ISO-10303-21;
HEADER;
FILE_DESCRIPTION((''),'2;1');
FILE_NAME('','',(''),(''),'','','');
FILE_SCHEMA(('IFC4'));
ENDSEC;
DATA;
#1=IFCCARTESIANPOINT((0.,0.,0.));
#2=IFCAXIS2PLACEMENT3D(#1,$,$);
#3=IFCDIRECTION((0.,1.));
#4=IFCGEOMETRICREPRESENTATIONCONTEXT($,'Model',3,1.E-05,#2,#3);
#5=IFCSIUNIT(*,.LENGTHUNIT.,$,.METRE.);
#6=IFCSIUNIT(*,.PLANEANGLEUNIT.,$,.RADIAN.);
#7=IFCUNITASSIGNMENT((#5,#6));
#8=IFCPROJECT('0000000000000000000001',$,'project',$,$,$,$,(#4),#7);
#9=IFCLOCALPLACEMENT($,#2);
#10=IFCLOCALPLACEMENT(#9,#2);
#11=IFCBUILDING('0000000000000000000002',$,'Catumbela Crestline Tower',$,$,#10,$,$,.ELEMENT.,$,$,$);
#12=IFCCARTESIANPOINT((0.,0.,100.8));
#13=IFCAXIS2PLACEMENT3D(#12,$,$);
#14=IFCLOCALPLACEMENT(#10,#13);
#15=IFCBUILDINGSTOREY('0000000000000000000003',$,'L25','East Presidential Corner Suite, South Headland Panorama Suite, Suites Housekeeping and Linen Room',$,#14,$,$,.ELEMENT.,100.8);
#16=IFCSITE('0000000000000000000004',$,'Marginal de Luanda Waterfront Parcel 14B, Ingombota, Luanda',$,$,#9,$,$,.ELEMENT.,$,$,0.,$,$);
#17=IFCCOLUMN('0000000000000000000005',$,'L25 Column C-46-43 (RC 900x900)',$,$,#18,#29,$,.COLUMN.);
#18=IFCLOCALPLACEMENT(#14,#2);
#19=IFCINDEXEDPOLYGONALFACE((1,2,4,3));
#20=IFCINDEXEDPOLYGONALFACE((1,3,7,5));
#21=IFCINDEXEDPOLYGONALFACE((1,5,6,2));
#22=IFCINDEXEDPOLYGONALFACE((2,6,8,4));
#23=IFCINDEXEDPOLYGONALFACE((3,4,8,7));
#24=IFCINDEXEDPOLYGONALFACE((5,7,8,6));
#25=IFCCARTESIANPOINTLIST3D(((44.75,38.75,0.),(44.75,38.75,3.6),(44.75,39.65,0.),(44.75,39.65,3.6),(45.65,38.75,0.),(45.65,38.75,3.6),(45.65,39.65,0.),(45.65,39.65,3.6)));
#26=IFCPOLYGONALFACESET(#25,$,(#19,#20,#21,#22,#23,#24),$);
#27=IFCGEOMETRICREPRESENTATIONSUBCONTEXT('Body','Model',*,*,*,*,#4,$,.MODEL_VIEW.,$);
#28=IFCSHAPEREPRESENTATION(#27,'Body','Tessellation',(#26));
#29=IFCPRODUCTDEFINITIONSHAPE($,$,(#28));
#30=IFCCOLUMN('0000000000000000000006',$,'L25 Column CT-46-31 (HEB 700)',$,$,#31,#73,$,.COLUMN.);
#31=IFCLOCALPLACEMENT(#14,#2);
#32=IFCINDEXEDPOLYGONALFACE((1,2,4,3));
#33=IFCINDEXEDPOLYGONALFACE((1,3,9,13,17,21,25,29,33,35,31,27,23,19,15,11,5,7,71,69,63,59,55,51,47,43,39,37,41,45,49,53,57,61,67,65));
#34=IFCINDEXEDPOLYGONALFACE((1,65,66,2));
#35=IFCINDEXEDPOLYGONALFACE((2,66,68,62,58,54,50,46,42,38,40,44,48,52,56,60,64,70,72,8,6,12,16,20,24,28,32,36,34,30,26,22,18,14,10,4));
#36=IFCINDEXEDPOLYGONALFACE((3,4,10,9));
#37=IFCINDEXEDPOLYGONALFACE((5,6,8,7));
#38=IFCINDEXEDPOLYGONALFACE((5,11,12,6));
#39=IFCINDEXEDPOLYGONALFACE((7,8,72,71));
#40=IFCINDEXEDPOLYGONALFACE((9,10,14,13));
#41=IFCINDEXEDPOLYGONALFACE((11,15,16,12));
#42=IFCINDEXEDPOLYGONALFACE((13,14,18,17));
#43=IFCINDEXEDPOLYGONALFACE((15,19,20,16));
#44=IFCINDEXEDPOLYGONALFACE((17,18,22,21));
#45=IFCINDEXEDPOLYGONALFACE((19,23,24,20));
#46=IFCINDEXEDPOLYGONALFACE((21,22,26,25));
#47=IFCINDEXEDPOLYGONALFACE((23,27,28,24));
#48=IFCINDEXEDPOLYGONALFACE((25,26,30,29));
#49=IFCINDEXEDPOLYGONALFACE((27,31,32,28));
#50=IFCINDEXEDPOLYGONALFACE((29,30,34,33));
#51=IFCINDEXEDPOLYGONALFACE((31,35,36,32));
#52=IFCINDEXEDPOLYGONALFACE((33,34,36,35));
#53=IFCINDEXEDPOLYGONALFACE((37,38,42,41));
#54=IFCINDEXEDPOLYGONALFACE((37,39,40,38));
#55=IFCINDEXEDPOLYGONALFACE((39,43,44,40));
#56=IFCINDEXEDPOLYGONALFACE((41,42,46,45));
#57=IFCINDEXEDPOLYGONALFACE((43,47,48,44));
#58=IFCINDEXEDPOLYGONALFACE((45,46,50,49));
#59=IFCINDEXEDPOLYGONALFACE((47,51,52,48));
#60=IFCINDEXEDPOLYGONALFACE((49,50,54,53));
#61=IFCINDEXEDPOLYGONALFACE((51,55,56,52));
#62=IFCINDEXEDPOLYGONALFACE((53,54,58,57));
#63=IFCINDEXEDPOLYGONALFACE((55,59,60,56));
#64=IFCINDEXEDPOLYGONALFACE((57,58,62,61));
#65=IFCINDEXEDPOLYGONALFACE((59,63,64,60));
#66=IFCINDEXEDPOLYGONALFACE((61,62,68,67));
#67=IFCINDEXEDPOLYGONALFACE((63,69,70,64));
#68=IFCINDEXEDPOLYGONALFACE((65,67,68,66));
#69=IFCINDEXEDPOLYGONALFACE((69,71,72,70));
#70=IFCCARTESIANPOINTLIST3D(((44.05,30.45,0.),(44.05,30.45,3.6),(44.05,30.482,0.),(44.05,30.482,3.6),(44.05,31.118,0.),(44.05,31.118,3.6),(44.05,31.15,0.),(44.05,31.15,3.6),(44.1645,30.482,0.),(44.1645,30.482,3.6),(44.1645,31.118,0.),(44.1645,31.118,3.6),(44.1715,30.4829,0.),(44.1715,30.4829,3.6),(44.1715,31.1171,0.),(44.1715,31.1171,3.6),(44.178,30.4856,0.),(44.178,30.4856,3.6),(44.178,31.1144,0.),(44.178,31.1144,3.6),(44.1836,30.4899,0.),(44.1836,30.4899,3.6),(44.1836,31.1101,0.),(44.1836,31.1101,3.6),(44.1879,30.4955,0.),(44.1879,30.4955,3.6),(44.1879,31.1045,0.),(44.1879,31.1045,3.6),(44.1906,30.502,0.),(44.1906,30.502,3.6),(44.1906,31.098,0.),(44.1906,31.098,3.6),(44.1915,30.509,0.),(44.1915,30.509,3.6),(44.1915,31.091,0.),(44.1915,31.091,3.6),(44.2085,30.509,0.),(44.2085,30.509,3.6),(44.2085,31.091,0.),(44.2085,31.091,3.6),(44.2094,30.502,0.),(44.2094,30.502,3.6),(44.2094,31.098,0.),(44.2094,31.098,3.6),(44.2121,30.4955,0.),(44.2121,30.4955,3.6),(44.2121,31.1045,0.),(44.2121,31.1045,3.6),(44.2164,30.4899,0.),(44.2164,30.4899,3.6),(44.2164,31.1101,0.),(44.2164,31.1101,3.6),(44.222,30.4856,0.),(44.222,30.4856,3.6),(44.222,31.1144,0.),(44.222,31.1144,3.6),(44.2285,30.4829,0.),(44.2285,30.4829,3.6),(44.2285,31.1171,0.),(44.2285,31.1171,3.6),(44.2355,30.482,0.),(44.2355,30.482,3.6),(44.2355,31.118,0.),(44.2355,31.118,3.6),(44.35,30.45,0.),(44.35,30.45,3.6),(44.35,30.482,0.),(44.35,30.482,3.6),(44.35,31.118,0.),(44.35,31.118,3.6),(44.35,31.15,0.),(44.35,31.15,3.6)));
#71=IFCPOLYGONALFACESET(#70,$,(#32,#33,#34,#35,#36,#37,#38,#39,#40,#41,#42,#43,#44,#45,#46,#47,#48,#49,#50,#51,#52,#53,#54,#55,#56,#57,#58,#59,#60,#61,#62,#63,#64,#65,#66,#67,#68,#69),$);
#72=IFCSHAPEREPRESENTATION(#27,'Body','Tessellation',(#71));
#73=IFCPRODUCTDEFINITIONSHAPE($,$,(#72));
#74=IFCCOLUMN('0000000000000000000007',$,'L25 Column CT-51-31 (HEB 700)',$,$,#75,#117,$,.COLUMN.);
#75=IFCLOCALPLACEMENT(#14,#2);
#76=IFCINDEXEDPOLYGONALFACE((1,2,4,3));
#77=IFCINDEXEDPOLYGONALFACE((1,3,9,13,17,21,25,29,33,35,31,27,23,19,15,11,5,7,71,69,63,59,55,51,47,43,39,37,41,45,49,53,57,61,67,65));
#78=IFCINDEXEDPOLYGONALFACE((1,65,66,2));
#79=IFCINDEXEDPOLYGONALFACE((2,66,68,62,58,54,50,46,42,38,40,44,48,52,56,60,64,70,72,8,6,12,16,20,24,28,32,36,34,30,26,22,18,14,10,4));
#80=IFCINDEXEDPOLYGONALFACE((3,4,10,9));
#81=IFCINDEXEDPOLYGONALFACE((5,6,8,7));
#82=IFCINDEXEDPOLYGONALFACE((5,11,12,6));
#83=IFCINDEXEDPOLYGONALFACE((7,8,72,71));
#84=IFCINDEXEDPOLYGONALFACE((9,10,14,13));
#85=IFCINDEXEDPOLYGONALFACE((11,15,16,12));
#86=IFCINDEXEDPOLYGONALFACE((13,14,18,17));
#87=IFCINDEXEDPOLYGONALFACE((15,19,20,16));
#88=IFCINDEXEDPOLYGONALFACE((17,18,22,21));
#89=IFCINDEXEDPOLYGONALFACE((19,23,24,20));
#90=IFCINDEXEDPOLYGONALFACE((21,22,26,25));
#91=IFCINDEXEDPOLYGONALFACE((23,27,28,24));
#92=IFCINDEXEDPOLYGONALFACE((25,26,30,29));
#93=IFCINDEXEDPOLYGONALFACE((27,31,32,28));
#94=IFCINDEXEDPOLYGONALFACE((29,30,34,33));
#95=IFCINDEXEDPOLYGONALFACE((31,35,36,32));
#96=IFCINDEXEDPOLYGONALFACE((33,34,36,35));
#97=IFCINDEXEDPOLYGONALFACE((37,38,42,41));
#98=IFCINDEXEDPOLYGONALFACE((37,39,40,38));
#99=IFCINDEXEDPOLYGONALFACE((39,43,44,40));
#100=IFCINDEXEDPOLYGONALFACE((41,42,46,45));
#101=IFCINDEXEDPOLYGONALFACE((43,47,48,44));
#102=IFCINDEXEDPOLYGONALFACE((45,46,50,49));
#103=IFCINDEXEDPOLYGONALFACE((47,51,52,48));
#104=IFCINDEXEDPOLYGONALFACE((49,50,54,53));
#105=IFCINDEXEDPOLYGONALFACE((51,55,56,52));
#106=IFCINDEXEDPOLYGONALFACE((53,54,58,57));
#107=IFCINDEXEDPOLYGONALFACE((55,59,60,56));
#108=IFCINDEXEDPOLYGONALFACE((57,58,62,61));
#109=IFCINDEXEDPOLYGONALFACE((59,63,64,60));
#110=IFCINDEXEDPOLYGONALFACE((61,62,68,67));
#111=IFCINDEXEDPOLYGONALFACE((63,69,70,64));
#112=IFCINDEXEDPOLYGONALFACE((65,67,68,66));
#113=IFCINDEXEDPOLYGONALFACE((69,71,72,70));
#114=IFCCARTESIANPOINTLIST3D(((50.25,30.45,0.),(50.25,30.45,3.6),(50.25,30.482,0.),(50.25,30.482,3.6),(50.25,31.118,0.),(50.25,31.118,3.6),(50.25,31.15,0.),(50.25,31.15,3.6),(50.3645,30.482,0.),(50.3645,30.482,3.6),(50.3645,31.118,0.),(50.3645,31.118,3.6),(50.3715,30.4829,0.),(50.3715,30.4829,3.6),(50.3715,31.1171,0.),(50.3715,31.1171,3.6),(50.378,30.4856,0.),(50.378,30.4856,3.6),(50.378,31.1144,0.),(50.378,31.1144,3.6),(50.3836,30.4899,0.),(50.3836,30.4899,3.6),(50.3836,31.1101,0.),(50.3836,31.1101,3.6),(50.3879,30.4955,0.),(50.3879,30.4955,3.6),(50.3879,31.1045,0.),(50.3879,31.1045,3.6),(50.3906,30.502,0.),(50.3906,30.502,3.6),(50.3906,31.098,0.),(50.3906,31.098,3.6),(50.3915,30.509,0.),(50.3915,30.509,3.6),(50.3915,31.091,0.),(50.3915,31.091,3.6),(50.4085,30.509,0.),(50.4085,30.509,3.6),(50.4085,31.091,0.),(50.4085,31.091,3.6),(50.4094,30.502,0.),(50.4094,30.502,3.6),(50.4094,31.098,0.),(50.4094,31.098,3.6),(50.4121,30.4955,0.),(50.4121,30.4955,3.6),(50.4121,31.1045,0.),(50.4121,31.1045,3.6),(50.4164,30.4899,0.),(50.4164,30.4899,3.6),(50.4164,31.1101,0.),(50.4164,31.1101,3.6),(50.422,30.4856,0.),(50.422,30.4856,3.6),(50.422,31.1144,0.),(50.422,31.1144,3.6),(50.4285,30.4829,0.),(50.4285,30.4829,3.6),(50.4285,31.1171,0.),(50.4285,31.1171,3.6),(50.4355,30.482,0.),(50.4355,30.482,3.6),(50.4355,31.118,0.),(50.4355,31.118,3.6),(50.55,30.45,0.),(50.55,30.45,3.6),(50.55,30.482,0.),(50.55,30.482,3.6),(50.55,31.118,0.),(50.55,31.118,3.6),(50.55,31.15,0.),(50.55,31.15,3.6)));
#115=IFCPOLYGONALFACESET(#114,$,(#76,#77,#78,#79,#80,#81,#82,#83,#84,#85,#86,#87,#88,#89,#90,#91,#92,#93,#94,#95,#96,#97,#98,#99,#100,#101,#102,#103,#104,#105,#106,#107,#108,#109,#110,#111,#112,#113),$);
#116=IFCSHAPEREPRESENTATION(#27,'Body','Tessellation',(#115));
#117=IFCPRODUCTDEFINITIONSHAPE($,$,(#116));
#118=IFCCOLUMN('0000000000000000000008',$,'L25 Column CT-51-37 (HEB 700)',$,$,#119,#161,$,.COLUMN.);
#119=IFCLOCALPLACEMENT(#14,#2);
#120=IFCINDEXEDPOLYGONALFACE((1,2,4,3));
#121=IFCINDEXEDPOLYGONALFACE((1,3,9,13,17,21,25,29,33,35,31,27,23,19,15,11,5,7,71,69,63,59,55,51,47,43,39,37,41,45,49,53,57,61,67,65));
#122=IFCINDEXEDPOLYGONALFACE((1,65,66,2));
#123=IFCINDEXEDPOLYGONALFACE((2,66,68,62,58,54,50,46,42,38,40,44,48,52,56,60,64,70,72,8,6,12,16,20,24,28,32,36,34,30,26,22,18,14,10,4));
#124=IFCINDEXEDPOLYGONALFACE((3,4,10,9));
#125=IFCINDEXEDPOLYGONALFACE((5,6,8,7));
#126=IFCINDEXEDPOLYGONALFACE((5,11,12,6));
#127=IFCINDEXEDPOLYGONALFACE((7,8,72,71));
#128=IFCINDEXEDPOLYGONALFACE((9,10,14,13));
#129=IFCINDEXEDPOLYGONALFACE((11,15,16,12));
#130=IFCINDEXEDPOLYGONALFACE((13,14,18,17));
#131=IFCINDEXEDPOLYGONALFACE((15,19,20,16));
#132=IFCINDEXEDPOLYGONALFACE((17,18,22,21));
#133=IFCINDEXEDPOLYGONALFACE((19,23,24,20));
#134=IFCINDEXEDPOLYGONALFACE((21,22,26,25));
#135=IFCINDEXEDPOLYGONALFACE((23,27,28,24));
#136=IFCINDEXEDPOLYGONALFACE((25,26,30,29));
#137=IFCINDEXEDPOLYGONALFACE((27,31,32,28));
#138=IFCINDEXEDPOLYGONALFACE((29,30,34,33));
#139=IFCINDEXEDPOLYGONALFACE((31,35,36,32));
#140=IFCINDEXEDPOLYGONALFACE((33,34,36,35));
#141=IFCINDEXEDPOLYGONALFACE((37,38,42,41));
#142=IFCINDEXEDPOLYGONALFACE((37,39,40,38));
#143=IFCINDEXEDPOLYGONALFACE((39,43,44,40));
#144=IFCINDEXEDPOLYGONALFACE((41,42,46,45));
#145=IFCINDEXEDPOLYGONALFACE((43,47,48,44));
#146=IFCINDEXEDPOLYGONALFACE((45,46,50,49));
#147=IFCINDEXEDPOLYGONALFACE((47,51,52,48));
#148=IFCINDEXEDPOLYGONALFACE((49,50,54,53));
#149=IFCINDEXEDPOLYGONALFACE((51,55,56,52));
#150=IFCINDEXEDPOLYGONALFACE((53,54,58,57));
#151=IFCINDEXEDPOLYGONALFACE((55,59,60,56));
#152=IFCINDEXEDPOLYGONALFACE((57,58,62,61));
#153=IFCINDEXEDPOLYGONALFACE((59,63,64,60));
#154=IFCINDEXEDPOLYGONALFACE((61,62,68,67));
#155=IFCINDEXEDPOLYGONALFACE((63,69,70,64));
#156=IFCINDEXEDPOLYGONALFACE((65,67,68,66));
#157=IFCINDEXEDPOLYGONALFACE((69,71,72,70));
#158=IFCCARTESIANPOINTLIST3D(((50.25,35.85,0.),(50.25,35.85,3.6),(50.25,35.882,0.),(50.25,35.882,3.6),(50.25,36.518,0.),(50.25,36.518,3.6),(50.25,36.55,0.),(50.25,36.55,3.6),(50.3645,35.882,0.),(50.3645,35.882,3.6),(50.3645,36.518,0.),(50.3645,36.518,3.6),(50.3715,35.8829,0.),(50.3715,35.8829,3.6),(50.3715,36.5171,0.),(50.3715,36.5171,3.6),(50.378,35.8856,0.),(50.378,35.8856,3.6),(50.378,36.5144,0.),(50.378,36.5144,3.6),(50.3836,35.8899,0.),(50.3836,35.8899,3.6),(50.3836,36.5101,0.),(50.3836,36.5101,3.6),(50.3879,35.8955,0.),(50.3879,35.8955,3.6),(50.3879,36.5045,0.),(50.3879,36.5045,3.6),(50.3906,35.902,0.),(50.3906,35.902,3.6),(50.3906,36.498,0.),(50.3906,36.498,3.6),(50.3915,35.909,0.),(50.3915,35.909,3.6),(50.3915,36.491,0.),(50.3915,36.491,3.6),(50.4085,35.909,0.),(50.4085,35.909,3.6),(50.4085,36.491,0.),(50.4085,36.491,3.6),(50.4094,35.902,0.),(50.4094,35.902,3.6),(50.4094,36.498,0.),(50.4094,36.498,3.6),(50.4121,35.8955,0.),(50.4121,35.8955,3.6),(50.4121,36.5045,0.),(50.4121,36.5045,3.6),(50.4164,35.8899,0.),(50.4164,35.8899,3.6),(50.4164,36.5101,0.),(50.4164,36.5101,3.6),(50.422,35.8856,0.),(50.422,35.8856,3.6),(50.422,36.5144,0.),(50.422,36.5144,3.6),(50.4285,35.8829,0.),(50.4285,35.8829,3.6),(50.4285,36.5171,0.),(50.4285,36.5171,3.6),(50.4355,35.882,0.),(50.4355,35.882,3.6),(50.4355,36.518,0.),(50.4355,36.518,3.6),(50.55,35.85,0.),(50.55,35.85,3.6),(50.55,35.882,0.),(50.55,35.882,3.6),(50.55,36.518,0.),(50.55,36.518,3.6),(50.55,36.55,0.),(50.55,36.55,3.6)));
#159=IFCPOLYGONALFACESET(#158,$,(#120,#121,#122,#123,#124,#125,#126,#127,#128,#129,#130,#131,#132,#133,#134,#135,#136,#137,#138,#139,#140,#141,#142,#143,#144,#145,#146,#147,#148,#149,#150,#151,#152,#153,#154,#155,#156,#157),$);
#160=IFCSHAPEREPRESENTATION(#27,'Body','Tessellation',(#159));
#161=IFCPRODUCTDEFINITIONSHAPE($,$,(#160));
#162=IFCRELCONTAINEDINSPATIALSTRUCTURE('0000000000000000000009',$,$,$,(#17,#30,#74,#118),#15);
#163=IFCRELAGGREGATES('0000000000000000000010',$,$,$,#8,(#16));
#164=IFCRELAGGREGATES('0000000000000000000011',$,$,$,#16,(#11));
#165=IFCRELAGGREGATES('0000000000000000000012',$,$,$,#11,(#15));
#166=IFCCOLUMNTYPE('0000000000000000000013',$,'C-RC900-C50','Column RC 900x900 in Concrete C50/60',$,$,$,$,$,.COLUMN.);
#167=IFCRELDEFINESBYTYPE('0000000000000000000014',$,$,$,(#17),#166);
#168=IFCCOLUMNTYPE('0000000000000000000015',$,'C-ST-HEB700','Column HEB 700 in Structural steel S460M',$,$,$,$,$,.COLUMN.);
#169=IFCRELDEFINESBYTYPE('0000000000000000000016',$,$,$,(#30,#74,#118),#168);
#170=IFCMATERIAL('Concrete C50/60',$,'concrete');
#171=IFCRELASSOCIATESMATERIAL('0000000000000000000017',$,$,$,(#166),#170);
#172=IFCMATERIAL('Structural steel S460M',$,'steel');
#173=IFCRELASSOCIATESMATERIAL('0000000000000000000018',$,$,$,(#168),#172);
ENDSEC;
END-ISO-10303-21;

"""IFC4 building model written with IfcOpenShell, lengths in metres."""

from ifc_helpers import new_model, si_unit, direction, frame, origin, origin_2d, place, context, subcontext, project, spatial, rectangle, i_section, extrude, material, material_profile, profile_set, type_object, element, save


model = new_model("IFC4")

# Units and contexts
model_context = context("Model", 3, precision=1e-05, world=origin(), true_north=direction((0.0, 1.0)))
body_context = subcontext(model_context, "Body", "Model", "MODEL_VIEW")
ifc_project = project(units=[si_unit("LENGTHUNIT", "METRE"), si_unit("PLANEANGLEUNIT", "RADIAN")], contexts=[model_context])

# Site, building, storey
site_placement = place(None, origin())
site = spatial("IfcSite", under=ifc_project, at=site_placement, Name="Marginal de Luanda Waterfront Parcel 14B, Ingombota, Luanda", CompositionType="ELEMENT", RefElevation=0.0)
building_placement = place(site_placement, origin())
building = spatial("IfcBuilding", under=site, at=building_placement, Name="Catumbela Crestline Tower", CompositionType="ELEMENT")
storey_placement = place(building_placement, frame((0.0, 0.0, 100.8)))
storey = spatial("IfcBuildingStorey", under=building, at=storey_placement, Name="L25", Description="East Presidential Corner Suite, South Headland Panorama Suite, Suites Housekeeping and Linen Room", CompositionType="ELEMENT", Elevation=100.8)

# Columns
ifc_material_1 = material(Name="Concrete C50/60", Category="concrete")
ifc_material_profile_1 = material_profile(ifc_material_1, rectangle(XDim=0.9, YDim=0.9, at=origin_2d()), Name="RC 900x900")
ifc_profile_set_1 = profile_set([ifc_material_profile_1], Name="Concrete C50/60")
column_type_1 = type_object("IfcColumnType", Name="C-RC900-C50", Description="Column RC 900x900 in Concrete C50/60", PredefinedType="COLUMN", material=ifc_profile_set_1)
column_placement = place(storey_placement, frame((45.2, 39.2, 0.0), z_axis=(0.0, 0.0, 1.0), x_axis=(1.0, 0.0, 0.0)))
element("IfcColumn", 1, at=column_placement, inside=storey, type_object=column_type_1, Name="L25 Column C-46-43 (RC 900x900)", PredefinedType="COLUMN", context=body_context, shape_type="SweptSolid", body=[
    extrude(rectangle(XDim=0.9, YDim=0.9, at=origin_2d()), origin(), (0.0, 0.0, 1.0), 3.6),
])
ifc_material_2 = material(Name="Structural steel S460M", Category="steel")
ifc_material_profile_2 = material_profile(ifc_material_2, i_section(OverallWidth=0.3, OverallDepth=0.7, WebThickness=0.017, FlangeThickness=0.032, FilletRadius=0.027, at=origin_2d()), Name="HEB 700")
ifc_profile_set_2 = profile_set([ifc_material_profile_2], Name="Structural steel S460M")
column_type_2 = type_object("IfcColumnType", Name="C-ST-HEB700", Description="Column HEB 700 in Structural steel S460M", PredefinedType="COLUMN", material=ifc_profile_set_2)
for number, where, z_axis, x_axis, name in (
    (2, (44.2, 30.8, 0.0), (0.0, 0.0, 1.0), (1.0, 0.0, 0.0), "L25 Column CT-46-31 (HEB 700)"),
    (3, (50.4, 30.8, 0.0), (0.0, 0.0, 1.0), (1.0, 0.0, 0.0), "L25 Column CT-51-31 (HEB 700)"),
    (4, (50.4, 36.2, 0.0), (0.0, 0.0, 1.0), (1.0, 0.0, 0.0), "L25 Column CT-51-37 (HEB 700)"),
):
    element("IfcColumn", number, at=place(storey_placement, frame(where, z_axis=z_axis, x_axis=x_axis)), inside=storey, type_object=column_type_2, Name=name, PredefinedType="COLUMN", context=body_context, shape_type="SweptSolid", body=[
        extrude(i_section(OverallWidth=0.3, OverallDepth=0.7, WebThickness=0.017, FlangeThickness=0.032, FilletRadius=0.027, at=origin_2d()), origin(), (0.0, 0.0, 1.0), 3.6),
    ])

save(model, "model.ifc")
